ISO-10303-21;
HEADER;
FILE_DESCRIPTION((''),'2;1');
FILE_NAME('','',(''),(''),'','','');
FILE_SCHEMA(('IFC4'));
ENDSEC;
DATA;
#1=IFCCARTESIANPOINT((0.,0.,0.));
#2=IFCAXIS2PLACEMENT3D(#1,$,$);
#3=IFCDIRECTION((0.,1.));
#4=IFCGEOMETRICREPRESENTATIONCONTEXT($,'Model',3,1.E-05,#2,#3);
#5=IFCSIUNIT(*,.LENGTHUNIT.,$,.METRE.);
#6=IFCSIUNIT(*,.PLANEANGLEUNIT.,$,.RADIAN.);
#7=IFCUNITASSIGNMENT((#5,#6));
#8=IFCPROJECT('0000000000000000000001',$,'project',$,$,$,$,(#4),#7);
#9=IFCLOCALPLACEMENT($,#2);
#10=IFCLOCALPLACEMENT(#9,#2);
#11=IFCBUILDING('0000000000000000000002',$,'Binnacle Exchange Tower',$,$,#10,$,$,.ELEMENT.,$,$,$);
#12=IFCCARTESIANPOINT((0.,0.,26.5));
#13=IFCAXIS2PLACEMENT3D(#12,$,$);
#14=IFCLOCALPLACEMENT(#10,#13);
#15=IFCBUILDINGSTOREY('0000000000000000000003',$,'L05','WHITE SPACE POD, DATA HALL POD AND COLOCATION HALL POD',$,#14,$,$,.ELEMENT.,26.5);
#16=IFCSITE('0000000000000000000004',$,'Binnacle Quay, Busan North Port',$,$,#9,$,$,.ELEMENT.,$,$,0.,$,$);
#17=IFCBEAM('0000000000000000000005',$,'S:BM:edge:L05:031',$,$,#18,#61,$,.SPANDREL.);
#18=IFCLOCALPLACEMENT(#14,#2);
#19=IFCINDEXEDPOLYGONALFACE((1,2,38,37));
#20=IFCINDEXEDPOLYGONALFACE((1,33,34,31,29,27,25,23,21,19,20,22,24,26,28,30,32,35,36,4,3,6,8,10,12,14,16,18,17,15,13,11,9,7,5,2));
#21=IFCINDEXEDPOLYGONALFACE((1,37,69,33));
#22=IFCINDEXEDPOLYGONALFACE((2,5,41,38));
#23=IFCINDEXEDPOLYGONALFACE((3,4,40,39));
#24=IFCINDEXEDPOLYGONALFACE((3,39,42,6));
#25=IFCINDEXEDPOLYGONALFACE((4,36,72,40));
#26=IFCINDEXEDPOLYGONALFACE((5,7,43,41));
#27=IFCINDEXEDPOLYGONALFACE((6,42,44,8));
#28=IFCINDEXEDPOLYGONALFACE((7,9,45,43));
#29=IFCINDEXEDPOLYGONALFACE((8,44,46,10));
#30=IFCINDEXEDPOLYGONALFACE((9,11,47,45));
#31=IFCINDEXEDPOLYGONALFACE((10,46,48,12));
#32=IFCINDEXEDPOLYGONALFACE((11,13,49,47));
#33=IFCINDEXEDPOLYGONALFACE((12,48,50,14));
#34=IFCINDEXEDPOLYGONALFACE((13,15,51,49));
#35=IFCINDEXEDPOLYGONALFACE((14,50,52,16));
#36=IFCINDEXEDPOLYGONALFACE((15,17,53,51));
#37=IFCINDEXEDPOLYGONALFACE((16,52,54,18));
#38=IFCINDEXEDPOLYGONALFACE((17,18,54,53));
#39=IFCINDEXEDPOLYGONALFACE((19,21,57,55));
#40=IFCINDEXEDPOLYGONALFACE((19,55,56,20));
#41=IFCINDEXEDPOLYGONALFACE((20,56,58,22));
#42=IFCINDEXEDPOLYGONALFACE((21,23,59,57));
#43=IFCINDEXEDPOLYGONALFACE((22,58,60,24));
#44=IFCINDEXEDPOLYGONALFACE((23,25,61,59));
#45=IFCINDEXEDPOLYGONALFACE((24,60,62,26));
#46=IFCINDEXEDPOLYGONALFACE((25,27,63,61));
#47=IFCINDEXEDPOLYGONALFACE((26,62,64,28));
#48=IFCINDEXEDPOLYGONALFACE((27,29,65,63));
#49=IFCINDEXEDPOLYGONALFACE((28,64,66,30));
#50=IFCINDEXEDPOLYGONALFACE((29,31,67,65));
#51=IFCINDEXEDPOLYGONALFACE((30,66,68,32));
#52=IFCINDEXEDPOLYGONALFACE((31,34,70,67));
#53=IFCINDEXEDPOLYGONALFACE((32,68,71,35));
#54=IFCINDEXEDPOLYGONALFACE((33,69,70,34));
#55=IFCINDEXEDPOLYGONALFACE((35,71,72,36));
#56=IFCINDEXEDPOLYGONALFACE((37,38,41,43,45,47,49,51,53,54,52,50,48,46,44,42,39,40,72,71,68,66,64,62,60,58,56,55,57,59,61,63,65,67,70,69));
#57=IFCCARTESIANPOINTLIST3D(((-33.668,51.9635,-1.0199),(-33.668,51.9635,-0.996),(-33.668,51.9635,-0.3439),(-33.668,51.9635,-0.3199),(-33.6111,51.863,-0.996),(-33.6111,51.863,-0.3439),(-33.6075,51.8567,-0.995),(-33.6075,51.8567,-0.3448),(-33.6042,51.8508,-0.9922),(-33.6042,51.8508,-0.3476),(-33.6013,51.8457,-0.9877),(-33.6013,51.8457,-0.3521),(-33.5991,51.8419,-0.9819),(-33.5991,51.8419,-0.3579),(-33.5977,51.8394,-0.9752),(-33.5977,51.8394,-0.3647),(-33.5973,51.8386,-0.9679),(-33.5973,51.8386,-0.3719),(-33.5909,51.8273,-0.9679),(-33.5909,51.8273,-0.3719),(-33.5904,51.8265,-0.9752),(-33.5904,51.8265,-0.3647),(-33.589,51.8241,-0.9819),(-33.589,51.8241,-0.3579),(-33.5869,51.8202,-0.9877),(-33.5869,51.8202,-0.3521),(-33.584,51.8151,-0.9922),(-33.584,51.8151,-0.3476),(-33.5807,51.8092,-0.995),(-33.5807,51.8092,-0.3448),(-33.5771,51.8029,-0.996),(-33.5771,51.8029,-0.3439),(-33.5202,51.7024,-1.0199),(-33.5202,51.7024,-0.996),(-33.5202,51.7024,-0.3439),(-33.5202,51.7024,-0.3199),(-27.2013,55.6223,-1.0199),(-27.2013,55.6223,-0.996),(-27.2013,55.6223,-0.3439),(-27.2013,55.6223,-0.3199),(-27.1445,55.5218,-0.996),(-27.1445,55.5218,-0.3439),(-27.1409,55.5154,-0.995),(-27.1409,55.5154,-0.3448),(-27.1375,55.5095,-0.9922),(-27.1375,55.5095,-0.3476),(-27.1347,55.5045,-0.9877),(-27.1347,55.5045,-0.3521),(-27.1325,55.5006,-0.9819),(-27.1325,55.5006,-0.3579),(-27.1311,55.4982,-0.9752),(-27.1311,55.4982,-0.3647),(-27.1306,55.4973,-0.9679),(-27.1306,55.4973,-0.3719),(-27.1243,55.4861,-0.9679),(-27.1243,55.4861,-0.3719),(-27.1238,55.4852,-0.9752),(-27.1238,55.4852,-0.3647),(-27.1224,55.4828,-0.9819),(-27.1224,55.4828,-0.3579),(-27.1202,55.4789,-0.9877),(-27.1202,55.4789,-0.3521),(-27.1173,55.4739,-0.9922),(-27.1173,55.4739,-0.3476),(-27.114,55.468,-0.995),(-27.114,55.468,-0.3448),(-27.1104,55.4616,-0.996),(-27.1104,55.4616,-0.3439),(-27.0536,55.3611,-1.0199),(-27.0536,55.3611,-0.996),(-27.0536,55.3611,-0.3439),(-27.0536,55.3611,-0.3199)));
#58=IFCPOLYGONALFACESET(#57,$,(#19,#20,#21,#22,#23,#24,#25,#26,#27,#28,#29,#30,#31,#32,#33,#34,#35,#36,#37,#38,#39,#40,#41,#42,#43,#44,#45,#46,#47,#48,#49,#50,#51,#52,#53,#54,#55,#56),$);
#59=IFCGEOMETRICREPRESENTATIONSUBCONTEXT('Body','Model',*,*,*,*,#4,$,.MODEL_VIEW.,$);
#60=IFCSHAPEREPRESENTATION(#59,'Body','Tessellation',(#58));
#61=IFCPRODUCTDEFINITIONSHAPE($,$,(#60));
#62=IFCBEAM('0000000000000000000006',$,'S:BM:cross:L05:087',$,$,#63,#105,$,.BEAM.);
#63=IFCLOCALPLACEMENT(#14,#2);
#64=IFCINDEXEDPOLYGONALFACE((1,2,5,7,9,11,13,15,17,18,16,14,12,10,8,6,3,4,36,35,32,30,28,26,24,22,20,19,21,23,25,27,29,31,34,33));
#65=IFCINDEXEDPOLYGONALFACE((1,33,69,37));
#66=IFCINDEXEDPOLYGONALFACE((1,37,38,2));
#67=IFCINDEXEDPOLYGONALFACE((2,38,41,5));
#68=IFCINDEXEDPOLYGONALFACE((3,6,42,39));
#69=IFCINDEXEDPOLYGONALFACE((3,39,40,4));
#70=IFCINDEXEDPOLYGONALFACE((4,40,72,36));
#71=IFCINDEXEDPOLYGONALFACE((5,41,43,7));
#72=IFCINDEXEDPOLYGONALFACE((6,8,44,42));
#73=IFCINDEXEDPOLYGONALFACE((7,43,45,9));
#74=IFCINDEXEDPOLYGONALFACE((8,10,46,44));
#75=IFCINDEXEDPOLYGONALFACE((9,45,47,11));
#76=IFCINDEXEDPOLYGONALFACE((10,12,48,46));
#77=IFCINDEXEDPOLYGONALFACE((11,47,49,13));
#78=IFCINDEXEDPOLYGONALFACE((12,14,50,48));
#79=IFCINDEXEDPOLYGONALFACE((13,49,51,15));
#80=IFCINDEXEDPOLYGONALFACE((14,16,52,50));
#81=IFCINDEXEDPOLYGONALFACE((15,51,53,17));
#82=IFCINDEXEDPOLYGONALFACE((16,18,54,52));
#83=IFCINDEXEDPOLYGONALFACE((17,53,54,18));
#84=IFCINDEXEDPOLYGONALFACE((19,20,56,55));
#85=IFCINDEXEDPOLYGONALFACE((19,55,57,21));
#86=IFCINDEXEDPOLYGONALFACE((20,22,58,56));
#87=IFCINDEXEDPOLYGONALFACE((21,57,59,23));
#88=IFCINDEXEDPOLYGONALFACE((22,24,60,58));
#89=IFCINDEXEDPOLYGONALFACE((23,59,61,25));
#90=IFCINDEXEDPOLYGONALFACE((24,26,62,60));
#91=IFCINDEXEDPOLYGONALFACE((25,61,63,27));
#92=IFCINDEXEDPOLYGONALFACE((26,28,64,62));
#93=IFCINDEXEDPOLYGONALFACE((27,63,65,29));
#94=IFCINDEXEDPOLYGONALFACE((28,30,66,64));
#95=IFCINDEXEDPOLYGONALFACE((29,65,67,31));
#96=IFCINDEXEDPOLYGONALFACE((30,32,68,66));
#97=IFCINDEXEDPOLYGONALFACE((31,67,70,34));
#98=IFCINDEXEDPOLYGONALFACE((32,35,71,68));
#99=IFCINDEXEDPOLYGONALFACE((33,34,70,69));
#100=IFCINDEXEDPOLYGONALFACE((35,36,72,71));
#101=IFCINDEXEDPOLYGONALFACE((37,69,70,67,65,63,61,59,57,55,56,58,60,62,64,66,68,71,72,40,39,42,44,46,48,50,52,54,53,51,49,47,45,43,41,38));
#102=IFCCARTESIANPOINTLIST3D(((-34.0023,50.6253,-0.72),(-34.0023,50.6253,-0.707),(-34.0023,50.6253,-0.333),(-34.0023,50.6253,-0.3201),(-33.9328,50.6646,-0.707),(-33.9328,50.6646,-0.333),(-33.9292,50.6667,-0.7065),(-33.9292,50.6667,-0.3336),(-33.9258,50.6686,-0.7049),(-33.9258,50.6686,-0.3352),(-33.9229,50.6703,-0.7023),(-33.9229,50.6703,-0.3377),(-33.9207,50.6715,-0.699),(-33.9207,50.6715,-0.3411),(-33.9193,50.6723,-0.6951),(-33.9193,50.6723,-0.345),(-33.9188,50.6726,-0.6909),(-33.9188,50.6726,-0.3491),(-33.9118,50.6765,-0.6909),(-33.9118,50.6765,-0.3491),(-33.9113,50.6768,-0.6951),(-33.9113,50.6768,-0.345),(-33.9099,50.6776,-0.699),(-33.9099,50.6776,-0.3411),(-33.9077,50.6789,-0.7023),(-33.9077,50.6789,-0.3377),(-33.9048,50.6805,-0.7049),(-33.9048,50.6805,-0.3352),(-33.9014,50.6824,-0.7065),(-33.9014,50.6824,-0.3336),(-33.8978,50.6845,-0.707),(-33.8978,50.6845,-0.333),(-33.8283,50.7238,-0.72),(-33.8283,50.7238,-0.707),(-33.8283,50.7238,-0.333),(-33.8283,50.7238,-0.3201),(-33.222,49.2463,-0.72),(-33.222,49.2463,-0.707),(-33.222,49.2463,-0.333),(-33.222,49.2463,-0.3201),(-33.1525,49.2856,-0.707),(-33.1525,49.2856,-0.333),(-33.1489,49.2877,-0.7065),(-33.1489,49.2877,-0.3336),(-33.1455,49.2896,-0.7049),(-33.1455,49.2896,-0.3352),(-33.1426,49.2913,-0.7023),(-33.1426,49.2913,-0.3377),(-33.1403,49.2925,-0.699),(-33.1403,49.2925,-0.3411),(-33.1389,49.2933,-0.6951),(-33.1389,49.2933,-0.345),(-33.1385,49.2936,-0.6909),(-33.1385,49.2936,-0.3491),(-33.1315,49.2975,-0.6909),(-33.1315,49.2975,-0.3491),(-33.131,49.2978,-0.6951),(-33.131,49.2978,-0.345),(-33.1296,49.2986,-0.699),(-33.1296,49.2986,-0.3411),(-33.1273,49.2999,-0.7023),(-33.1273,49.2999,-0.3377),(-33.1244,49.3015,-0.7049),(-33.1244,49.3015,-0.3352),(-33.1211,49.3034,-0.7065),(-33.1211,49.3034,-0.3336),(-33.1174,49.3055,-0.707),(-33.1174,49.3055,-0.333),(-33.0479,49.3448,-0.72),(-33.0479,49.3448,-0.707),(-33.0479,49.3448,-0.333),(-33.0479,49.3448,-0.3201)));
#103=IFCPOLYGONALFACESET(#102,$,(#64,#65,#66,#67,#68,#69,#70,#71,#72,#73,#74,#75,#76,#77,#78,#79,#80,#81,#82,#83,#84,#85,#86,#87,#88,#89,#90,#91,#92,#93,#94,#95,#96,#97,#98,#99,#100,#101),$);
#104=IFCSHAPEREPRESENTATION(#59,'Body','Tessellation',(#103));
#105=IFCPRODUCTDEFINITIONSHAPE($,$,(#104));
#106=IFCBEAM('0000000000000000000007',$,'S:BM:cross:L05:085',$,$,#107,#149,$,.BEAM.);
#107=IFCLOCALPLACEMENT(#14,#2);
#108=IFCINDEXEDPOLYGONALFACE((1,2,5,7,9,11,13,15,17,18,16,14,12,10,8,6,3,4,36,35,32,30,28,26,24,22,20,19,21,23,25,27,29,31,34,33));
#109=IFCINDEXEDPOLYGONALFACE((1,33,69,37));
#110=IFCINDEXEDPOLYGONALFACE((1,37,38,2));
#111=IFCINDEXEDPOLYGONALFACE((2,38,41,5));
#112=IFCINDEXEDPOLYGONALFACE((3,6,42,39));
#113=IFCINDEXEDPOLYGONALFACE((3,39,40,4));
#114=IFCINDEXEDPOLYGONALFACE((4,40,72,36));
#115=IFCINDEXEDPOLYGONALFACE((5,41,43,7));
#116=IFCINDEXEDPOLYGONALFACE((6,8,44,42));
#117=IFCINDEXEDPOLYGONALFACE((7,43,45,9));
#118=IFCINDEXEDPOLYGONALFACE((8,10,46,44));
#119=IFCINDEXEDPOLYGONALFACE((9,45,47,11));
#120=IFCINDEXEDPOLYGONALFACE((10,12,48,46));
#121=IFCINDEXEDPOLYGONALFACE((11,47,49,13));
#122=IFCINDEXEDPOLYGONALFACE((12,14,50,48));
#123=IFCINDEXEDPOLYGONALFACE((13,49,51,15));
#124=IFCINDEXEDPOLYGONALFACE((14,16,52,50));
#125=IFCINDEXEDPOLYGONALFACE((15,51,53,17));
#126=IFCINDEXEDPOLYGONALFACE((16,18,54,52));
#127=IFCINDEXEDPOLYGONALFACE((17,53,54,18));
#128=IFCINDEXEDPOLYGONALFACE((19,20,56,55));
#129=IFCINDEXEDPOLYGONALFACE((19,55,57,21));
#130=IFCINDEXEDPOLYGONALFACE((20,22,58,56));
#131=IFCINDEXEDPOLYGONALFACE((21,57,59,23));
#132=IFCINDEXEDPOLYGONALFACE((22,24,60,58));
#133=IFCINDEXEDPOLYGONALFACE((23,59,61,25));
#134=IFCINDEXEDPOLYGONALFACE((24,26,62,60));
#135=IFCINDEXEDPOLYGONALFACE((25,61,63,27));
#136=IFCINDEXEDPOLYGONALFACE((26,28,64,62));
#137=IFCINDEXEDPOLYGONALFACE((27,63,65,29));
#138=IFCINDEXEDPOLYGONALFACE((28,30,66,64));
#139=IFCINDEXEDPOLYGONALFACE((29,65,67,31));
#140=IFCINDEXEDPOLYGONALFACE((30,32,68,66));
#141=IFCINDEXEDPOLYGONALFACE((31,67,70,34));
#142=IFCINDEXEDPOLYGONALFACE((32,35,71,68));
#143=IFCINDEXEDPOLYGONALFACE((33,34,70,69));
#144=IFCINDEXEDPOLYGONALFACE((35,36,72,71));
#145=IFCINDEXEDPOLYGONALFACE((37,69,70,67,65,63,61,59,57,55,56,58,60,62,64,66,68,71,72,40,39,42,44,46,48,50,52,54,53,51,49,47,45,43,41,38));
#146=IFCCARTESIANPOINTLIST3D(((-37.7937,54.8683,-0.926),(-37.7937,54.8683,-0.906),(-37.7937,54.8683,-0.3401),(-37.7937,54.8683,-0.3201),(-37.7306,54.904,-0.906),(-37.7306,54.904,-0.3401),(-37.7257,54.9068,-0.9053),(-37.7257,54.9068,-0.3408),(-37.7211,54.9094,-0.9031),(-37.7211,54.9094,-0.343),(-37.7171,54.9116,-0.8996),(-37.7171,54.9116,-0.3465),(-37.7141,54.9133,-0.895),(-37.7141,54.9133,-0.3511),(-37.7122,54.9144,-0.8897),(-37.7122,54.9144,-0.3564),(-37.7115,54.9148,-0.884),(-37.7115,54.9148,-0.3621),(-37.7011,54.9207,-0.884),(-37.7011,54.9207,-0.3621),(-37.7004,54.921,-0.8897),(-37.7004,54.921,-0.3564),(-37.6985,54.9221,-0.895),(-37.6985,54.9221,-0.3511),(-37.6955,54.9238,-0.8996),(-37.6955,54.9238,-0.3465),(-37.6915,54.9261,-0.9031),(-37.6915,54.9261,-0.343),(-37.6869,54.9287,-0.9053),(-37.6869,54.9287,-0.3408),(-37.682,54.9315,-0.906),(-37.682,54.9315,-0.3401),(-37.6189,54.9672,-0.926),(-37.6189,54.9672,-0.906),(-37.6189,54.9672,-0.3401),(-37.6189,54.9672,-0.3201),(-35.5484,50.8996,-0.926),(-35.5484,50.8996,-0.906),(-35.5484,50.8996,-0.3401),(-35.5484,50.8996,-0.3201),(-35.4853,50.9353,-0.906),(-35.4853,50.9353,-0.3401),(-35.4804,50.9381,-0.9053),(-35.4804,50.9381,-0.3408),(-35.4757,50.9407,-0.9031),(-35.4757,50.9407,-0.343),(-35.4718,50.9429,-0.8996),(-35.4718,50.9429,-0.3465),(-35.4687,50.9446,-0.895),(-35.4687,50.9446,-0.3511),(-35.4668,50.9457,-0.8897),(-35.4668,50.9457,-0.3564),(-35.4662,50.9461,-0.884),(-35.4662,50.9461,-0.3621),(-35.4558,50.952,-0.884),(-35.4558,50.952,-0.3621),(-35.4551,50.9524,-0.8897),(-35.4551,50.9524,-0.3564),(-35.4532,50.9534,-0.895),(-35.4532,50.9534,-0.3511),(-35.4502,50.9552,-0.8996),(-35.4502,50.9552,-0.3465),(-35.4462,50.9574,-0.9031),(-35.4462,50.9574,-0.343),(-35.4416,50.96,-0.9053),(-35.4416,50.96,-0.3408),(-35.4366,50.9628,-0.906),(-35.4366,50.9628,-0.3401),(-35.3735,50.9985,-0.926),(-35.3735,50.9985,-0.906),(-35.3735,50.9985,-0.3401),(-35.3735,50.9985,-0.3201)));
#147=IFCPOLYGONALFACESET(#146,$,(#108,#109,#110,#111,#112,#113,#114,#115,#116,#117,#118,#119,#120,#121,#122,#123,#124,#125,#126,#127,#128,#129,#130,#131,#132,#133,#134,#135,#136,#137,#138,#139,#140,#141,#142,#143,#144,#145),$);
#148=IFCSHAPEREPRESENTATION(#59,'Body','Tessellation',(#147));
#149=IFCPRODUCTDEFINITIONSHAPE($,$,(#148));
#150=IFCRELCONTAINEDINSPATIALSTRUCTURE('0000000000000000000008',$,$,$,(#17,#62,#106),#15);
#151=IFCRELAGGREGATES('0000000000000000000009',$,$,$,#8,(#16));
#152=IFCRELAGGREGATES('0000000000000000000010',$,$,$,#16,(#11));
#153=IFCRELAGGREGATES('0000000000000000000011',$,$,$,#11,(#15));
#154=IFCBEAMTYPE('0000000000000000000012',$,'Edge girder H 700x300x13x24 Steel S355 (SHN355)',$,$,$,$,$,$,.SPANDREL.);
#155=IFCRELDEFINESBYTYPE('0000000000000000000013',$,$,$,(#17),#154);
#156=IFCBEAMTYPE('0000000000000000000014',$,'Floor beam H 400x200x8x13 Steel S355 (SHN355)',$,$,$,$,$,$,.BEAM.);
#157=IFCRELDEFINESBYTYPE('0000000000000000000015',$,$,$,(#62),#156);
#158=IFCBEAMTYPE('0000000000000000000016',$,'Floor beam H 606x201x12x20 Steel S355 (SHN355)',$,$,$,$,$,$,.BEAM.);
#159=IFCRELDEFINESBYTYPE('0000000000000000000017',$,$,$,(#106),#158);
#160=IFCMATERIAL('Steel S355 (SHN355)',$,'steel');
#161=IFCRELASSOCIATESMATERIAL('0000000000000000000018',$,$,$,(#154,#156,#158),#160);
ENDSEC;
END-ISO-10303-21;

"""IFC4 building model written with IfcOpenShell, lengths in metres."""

from ifc_helpers import new_model, si_unit, direction, frame, origin, origin_2d, place, context, subcontext, project, spatial, i_section, extrude, material, material_profile, profile_set, type_object, element, save


model = new_model("IFC4")

# Units and contexts
model_context = context("Model", 3, precision=1e-05, world=origin(), true_north=direction((0.0, 1.0)))
body_context = subcontext(model_context, "Body", "Model", "MODEL_VIEW")
ifc_project = project(units=[si_unit("LENGTHUNIT", "METRE"), si_unit("PLANEANGLEUNIT", "RADIAN")], contexts=[model_context])

# Site, building, storey
site_placement = place(None, origin())
site = spatial("IfcSite", under=ifc_project, at=site_placement, Name="Binnacle Quay, Busan North Port", CompositionType="ELEMENT", RefElevation=0.0)
building_placement = place(site_placement, origin())
building = spatial("IfcBuilding", under=site, at=building_placement, Name="Binnacle Exchange Tower", CompositionType="ELEMENT")
storey_placement = place(building_placement, frame((0.0, 0.0, 26.5)))
storey = spatial("IfcBuildingStorey", under=building, at=storey_placement, Name="L05", Description="WHITE SPACE POD, DATA HALL POD AND COLOCATION HALL POD", CompositionType="ELEMENT", Elevation=26.5)

# Beams
ifc_material_1 = material(Name="Steel S355 (SHN355)", Category="steel")
ifc_material_profile_1 = material_profile(ifc_material_1, i_section(OverallWidth=0.3, OverallDepth=0.7, WebThickness=0.0129, FlangeThickness=0.0239, FilletRadius=0.0281, at=origin_2d()), Name="H 700x300x13x24")
ifc_profile_set_1 = profile_set([ifc_material_profile_1], Name="Steel S355 (SHN355)")
beam_type_1 = type_object("IfcBeamType", Name="Edge girder H 700x300x13x24 Steel S355 (SHN355)", PredefinedType="SPANDREL", material=ifc_profile_set_1)
beam_1_placement = place(storey_placement, frame((-27.1274, 55.4917, -0.6699), z_axis=(-0.87035, -0.492433, 0.0), x_axis=(0.492433, -0.87035, 0.0)))
element("IfcBeam", 1, at=beam_1_placement, inside=storey, type_object=beam_type_1, Name="S:BM:edge:L05:031", PredefinedType="SPANDREL", context=body_context, shape_type="SweptSolid", body=[
    extrude(i_section(OverallWidth=0.3, OverallDepth=0.7, WebThickness=0.0129, FlangeThickness=0.0239, FilletRadius=0.0281, at=origin_2d()), origin(), (0.0, 0.0, 1.0), 7.4299),
])
ifc_material_profile_2 = material_profile(ifc_material_1, i_section(OverallWidth=0.2, OverallDepth=0.3999, WebThickness=0.0081, FlangeThickness=0.0129, FilletRadius=0.0161, at=origin_2d()), Name="H 400x200x8x13")
ifc_profile_set_2 = profile_set([ifc_material_profile_2], Name="Steel S355 (SHN355)")
beam_type_2 = type_object("IfcBeamType", Name="Floor beam H 400x200x8x13 Steel S355 (SHN355)", PredefinedType="BEAM", material=ifc_profile_set_2)
beam_2_placement = place(storey_placement, frame((-33.9153, 50.6746, -0.52), z_axis=(0.492484, -0.870322, 0.0), x_axis=(0.870322, 0.492484, 0.0)))
element("IfcBeam", 2, at=beam_2_placement, inside=storey, type_object=beam_type_2, Name="S:BM:cross:L05:087", PredefinedType="BEAM", context=body_context, shape_type="SweptSolid", body=[
    extrude(i_section(OverallWidth=0.2, OverallDepth=0.3999, WebThickness=0.0081, FlangeThickness=0.0129, FilletRadius=0.0161, at=origin_2d()), origin(), (0.0, 0.0, 1.0), 1.5845),
])
ifc_material_profile_3 = material_profile(ifc_material_1, i_section(OverallWidth=0.2009, OverallDepth=0.606, WebThickness=0.012, FlangeThickness=0.02, FilletRadius=0.022, at=origin_2d()), Name="H 606x201x12x20")
ifc_profile_set_3 = profile_set([ifc_material_profile_3], Name="Steel S355 (SHN355)")
beam_type_3 = type_object("IfcBeamType", Name="Floor beam H 606x201x12x20 Steel S355 (SHN355)", PredefinedType="BEAM", material=ifc_profile_set_3)
beam_3_placement = place(storey_placement, frame((-37.7063, 54.9177, -0.623), z_axis=(0.492415, -0.87036, 0.0), x_axis=(0.87036, 0.492415, 0.0)))
element("IfcBeam", 3, at=beam_3_placement, inside=storey, type_object=beam_type_3, Name="S:BM:cross:L05:085", PredefinedType="BEAM", context=body_context, shape_type="SweptSolid", body=[
    extrude(i_section(OverallWidth=0.2009, OverallDepth=0.606, WebThickness=0.012, FlangeThickness=0.02, FilletRadius=0.022, at=origin_2d()), origin(), (0.0, 0.0, 1.0), 4.5598),
])

save(model, "model.ifc")
